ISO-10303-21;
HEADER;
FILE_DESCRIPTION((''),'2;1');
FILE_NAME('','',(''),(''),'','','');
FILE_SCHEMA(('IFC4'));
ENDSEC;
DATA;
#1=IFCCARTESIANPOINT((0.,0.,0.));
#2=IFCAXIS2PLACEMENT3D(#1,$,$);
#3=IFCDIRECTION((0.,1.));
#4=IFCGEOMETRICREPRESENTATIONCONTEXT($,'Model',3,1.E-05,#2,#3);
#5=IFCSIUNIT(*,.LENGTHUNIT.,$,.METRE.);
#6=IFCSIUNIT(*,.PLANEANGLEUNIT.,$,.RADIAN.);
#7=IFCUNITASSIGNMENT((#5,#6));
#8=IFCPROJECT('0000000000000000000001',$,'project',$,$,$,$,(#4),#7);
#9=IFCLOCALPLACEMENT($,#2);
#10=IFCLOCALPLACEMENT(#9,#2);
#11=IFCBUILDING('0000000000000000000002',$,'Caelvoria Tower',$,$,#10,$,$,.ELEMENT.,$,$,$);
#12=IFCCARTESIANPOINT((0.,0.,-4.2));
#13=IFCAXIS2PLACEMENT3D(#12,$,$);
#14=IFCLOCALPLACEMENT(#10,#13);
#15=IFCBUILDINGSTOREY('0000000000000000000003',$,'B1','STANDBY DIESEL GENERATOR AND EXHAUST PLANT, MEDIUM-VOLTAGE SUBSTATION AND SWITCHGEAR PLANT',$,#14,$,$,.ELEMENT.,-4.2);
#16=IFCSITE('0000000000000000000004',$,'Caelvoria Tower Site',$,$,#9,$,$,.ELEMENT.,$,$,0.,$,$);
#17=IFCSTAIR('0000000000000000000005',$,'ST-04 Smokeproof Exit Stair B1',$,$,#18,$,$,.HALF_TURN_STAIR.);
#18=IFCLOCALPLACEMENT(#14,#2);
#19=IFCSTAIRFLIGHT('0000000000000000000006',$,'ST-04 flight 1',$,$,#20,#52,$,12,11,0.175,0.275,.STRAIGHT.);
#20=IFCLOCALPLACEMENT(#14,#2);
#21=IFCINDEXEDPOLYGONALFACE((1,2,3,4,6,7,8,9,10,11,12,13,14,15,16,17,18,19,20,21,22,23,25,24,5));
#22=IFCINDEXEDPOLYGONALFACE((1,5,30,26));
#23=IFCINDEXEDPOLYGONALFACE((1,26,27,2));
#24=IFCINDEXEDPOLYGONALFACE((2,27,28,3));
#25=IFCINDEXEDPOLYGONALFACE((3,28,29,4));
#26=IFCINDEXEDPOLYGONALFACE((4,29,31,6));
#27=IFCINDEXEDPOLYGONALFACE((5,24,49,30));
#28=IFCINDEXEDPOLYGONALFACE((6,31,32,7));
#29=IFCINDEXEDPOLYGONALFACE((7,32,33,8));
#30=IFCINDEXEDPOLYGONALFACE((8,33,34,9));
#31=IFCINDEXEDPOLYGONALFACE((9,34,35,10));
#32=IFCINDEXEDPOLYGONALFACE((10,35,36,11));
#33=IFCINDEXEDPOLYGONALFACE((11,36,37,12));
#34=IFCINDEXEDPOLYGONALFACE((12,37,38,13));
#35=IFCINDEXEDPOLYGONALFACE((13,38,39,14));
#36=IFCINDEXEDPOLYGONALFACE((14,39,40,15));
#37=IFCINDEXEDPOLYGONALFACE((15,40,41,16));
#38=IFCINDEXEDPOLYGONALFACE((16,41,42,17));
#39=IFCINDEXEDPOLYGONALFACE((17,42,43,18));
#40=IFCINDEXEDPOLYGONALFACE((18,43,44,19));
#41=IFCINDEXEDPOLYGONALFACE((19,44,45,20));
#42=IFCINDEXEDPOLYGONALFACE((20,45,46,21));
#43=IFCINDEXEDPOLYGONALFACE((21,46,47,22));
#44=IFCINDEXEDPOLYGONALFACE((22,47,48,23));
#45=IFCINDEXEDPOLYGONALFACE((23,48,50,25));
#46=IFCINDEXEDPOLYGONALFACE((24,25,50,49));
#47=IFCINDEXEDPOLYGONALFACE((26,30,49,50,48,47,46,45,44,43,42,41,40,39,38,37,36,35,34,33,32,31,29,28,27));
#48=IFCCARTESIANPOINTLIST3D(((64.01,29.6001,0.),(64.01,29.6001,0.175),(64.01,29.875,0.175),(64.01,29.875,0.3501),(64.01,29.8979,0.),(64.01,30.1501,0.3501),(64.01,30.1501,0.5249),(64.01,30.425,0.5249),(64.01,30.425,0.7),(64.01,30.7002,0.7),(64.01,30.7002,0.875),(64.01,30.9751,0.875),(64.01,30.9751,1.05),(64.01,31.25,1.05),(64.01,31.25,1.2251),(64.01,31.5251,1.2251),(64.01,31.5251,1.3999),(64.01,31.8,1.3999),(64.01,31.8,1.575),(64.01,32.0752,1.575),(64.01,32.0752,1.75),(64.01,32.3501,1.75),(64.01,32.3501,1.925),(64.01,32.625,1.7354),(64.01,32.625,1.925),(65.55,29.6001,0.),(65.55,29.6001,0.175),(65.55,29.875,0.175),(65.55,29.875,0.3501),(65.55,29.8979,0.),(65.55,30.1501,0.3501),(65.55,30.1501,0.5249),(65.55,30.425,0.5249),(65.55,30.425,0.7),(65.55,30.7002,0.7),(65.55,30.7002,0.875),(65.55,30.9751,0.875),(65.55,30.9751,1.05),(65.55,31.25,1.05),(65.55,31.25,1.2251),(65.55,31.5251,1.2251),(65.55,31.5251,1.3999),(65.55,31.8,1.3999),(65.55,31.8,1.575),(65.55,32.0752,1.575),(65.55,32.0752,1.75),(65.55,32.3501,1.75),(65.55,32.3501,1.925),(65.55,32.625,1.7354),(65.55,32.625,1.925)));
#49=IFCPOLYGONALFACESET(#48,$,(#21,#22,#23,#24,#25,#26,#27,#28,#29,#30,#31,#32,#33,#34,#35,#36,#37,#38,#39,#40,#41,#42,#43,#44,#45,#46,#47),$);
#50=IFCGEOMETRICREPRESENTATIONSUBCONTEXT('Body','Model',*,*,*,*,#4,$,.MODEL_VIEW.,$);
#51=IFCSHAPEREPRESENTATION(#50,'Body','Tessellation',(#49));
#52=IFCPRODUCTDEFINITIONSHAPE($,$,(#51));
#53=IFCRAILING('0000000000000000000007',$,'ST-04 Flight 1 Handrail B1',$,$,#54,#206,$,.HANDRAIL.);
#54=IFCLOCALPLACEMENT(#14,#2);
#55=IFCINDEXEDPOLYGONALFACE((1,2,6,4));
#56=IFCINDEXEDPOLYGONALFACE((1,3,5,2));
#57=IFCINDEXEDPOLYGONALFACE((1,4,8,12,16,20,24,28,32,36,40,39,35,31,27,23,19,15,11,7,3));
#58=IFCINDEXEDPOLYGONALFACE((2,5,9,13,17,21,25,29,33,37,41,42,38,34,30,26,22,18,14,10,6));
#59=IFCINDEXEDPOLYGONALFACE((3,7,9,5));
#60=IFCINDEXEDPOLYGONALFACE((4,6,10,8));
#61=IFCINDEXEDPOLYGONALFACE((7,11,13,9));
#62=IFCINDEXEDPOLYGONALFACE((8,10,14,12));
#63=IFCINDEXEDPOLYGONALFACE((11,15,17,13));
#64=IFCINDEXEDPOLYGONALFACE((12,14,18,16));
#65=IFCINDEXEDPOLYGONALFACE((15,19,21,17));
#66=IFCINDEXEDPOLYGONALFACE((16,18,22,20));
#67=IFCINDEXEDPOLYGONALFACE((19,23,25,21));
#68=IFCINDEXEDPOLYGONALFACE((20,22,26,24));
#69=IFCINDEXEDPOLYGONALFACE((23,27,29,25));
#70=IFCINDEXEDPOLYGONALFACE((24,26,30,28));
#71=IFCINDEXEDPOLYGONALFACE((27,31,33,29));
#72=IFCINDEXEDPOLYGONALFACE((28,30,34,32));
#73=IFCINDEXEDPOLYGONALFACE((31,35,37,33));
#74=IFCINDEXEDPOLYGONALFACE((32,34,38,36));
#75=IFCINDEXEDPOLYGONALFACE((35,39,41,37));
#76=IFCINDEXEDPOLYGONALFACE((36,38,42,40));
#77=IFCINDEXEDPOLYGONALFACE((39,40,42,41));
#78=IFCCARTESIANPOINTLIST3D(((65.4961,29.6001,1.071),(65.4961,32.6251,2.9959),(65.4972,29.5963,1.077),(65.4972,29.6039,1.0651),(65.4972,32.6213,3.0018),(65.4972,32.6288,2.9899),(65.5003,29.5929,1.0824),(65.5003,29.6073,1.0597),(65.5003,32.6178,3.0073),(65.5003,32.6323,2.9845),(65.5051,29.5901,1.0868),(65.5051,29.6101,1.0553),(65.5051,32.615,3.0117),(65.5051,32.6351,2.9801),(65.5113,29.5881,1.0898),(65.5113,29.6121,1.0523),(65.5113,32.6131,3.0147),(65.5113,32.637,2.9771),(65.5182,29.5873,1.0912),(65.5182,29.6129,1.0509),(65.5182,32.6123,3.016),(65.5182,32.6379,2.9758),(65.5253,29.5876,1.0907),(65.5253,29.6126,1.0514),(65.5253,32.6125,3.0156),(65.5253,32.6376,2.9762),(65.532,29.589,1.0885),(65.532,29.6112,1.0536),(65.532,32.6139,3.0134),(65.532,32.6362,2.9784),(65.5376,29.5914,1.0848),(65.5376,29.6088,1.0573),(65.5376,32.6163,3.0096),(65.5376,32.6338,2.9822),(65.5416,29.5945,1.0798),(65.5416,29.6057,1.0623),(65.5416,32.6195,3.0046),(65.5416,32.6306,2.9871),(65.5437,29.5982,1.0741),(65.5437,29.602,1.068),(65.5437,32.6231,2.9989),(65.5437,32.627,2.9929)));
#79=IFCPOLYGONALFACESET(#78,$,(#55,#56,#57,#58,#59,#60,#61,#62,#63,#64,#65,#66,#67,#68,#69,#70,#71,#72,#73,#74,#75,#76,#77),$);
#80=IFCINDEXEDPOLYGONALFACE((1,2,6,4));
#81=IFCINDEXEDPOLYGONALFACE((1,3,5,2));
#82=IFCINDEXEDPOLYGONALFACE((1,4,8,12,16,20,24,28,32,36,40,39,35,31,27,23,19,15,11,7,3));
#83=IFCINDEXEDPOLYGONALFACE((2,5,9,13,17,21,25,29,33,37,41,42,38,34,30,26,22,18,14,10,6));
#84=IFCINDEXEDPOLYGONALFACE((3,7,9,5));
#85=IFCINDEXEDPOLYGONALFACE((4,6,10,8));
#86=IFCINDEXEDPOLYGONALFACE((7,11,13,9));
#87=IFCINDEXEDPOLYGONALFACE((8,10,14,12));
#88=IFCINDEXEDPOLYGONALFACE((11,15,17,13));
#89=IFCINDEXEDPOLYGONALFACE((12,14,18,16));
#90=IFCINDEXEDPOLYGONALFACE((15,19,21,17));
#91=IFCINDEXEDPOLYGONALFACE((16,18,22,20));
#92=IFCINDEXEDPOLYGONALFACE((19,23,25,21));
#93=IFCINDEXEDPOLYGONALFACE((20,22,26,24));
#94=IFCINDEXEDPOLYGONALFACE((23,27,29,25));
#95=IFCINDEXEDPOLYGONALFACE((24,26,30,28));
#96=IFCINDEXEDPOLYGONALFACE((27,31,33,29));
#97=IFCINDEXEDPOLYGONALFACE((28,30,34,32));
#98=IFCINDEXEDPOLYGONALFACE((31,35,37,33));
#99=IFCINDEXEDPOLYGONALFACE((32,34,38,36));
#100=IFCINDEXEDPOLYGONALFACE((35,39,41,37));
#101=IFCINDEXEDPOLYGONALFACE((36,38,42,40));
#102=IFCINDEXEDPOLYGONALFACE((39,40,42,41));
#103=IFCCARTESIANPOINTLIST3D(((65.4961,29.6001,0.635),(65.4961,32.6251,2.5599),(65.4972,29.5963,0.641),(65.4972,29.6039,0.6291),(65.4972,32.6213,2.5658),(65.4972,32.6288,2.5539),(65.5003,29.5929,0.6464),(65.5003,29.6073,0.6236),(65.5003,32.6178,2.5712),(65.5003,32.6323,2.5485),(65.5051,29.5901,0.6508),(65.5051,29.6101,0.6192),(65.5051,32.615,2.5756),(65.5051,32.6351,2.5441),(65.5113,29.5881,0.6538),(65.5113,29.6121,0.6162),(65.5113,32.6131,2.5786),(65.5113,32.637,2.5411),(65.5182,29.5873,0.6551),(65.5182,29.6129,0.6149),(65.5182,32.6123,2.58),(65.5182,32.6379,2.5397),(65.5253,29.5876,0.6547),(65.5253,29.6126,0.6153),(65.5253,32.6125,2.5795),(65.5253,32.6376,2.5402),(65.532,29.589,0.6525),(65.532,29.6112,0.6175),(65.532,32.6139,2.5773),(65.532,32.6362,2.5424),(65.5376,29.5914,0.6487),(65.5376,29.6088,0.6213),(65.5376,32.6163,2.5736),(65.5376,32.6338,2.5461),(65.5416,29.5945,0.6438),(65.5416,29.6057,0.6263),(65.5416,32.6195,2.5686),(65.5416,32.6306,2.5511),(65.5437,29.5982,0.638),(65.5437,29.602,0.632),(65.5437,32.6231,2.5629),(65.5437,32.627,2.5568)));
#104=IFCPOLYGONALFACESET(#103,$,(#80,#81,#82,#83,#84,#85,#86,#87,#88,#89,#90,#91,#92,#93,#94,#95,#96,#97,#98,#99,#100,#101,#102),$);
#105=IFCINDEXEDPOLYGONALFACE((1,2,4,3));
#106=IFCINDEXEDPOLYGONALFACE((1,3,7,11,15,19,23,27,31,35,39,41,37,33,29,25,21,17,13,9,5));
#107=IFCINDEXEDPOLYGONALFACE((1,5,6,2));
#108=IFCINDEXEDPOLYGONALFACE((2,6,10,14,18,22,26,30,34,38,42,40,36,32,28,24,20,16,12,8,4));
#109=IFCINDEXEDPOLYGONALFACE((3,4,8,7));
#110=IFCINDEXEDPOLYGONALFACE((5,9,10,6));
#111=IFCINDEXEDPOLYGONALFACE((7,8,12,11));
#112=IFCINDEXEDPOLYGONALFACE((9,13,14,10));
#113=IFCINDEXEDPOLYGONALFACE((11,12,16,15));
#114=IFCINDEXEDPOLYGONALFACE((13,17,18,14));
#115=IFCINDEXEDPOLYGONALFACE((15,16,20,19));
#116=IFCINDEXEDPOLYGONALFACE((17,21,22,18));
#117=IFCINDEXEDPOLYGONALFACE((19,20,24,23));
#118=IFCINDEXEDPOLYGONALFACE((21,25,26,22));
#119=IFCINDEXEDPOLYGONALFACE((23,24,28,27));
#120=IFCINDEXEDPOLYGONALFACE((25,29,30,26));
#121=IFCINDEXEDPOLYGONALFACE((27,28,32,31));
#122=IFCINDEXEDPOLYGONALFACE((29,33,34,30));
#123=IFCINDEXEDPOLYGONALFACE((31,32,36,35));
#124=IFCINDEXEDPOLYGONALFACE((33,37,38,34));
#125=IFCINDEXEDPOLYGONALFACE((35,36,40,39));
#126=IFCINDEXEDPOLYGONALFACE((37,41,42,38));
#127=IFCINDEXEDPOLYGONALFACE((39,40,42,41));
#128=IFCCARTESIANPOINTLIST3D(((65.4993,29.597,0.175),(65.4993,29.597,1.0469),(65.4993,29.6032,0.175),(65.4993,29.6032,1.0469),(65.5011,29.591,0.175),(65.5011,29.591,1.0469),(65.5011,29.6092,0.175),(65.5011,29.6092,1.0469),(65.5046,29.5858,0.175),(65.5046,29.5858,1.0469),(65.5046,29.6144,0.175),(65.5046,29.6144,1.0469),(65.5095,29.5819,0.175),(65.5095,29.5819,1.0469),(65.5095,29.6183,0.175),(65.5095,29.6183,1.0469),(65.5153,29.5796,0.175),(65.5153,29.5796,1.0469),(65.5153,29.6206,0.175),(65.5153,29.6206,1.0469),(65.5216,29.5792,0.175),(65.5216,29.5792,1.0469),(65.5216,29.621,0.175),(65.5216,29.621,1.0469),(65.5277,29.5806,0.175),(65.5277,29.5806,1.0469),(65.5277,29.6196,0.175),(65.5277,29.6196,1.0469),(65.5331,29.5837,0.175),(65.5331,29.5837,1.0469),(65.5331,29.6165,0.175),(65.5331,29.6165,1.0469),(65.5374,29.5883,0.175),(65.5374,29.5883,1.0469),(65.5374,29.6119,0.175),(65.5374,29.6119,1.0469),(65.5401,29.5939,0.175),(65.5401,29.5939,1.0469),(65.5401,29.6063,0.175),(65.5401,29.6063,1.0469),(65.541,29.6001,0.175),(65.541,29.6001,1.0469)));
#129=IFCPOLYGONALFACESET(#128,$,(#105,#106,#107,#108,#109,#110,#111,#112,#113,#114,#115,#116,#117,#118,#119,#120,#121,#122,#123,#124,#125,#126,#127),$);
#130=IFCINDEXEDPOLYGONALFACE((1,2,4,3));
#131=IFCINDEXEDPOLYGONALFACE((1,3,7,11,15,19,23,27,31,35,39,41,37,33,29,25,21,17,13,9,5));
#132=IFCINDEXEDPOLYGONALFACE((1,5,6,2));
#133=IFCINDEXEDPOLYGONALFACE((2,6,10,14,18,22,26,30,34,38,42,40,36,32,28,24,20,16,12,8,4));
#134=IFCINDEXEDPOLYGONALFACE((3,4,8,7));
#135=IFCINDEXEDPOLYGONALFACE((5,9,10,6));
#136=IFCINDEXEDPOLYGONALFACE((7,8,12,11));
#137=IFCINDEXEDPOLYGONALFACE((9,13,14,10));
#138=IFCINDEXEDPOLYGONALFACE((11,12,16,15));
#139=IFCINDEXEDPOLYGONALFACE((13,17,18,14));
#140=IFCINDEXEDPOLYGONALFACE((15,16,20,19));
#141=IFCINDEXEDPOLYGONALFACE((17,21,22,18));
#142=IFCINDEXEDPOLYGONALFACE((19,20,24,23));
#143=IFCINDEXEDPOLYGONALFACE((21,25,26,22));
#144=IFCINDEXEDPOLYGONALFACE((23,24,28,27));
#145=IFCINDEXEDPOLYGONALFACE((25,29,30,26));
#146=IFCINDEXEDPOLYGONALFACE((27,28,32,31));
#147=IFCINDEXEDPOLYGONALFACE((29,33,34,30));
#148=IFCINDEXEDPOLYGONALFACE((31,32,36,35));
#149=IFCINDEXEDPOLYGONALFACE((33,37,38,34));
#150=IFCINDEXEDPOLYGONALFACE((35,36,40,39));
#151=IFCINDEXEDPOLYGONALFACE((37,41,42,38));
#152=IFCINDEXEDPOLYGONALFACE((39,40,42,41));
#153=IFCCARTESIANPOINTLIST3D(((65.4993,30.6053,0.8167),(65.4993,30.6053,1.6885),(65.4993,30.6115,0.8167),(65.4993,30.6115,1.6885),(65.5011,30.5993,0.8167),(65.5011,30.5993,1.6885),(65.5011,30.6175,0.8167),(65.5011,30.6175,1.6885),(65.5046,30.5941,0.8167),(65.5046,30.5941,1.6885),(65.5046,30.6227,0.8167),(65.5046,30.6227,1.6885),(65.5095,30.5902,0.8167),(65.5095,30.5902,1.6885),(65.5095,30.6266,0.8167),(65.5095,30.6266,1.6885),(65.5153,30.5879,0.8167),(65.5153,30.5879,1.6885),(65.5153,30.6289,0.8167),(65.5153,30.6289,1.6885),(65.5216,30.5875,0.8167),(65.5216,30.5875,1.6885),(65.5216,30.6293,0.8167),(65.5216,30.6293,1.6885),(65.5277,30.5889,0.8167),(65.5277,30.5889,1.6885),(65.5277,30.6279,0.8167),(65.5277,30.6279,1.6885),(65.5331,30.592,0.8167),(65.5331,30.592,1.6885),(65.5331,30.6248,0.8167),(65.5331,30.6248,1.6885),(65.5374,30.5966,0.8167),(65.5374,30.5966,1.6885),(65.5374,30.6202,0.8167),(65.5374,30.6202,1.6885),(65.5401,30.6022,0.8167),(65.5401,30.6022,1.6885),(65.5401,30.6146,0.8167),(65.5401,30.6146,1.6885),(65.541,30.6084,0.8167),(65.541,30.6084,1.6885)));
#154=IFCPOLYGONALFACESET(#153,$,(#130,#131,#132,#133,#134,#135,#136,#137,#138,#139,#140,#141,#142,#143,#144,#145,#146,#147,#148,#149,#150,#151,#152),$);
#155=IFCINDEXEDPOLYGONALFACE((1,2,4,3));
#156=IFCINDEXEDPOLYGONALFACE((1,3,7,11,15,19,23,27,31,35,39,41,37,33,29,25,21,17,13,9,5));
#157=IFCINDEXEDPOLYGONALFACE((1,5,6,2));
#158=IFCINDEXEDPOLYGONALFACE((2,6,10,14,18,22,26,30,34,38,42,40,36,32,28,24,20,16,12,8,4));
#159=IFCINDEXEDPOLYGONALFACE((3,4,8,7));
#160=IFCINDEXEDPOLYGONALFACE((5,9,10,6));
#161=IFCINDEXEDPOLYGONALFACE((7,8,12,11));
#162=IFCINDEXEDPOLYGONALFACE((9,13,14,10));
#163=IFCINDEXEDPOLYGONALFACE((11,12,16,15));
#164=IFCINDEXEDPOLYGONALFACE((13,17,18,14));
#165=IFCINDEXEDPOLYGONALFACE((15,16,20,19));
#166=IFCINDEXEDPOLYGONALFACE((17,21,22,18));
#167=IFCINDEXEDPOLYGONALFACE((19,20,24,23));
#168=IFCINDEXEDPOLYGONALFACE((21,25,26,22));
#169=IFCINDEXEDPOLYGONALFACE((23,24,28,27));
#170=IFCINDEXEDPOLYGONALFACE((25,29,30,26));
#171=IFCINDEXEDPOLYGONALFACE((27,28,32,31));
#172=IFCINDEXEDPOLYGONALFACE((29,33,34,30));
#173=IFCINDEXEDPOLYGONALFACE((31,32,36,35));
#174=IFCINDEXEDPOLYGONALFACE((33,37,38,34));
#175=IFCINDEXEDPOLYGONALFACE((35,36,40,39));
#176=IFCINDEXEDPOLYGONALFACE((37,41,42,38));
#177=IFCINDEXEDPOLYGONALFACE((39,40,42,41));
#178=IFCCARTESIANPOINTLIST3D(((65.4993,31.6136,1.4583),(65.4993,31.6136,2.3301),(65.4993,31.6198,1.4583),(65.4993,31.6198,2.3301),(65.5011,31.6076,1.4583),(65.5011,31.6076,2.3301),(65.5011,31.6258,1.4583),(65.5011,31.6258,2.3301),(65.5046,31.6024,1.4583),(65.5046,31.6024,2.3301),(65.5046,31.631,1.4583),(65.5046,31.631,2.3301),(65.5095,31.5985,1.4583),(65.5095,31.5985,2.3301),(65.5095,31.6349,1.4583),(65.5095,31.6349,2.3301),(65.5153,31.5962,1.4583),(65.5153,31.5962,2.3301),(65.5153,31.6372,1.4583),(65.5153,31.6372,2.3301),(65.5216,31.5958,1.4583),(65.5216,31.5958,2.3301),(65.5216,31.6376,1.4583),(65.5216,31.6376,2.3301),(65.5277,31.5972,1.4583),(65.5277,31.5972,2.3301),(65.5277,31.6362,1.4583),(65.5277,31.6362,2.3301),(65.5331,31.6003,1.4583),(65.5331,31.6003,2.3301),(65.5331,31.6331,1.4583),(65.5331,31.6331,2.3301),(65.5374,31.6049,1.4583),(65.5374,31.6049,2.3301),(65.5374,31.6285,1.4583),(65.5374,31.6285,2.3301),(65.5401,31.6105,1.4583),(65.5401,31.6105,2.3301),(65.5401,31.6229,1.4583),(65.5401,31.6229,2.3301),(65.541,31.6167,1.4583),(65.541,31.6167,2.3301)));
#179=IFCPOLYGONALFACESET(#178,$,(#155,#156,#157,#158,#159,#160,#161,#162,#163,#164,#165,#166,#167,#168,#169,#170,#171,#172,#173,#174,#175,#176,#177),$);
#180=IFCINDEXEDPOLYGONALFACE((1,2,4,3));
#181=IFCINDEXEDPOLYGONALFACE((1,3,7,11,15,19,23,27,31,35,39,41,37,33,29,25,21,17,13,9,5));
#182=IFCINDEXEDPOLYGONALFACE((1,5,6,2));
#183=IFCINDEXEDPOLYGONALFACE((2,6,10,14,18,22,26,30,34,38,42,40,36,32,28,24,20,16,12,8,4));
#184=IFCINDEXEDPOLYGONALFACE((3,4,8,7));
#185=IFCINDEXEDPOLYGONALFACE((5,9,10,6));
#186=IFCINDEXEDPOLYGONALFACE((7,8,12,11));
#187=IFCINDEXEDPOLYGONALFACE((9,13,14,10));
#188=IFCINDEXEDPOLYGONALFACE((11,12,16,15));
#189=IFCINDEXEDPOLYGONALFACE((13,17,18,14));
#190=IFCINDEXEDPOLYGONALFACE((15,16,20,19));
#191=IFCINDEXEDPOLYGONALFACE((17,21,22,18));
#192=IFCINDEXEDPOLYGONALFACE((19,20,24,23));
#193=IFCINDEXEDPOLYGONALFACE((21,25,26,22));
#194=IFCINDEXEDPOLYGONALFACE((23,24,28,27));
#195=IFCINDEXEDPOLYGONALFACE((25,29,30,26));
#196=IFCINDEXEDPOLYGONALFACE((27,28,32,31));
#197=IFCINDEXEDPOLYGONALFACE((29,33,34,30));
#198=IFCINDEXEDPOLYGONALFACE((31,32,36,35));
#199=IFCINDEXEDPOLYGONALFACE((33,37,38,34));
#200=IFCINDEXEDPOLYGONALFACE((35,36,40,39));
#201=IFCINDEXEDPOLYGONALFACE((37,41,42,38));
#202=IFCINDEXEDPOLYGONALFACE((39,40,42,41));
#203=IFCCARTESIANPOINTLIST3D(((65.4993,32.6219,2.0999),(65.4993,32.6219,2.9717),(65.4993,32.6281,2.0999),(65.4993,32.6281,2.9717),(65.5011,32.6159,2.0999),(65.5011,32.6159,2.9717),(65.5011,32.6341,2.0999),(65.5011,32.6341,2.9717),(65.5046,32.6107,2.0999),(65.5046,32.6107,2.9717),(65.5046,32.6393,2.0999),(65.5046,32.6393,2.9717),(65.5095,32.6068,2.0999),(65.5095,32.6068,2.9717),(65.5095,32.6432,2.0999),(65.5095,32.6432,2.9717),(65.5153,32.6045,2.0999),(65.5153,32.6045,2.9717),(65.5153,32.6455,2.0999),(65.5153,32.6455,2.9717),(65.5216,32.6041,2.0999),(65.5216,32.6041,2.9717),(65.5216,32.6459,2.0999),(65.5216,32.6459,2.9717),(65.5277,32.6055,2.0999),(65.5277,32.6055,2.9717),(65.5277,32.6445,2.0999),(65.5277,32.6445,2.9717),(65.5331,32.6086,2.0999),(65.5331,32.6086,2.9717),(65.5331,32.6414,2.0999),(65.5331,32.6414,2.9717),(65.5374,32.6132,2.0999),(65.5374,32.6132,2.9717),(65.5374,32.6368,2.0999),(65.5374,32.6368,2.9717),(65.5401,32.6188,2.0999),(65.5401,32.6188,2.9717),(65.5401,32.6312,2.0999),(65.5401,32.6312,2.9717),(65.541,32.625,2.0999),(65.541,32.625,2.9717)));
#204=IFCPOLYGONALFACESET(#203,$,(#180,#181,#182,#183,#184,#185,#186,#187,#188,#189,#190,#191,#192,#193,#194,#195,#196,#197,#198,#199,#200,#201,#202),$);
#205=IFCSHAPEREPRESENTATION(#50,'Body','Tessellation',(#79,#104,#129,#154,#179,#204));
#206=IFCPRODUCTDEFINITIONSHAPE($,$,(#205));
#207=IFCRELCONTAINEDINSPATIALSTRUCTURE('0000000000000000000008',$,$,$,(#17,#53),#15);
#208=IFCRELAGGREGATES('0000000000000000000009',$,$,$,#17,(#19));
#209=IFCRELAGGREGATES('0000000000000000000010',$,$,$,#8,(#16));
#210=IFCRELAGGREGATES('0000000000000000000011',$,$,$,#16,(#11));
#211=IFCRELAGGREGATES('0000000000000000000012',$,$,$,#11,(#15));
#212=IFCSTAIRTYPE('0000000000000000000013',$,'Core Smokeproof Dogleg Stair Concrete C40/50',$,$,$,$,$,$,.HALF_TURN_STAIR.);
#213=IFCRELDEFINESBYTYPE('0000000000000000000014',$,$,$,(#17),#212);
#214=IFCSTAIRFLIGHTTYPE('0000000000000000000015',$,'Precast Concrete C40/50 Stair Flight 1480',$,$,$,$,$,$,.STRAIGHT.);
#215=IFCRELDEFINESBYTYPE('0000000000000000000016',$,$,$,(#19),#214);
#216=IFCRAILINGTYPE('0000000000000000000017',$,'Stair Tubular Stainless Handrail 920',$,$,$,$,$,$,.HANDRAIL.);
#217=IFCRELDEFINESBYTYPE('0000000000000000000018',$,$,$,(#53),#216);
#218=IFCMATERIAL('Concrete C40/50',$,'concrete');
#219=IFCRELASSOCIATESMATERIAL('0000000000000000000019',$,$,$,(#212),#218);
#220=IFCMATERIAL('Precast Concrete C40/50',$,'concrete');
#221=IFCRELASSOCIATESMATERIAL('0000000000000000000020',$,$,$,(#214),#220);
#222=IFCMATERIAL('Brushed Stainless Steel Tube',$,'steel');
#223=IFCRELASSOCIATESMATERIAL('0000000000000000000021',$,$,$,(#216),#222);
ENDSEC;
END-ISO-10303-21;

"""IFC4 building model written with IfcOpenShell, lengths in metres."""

from ifc_helpers import new_model, si_unit, direction, frame, origin, origin_2d, place, context, subcontext, project, spatial, polyline, circle, outline, extrude, material, type_object, element, aggregate, save


model = new_model("IFC4")

# Units and contexts
model_context = context("Model", 3, precision=1e-05, world=origin(), true_north=direction((0.0, 1.0)))
body_context = subcontext(model_context, "Body", "Model", "MODEL_VIEW")
ifc_project = project(units=[si_unit("LENGTHUNIT", "METRE"), si_unit("PLANEANGLEUNIT", "RADIAN")], contexts=[model_context])

# Site, building, storey
site_placement = place(None, origin())
site = spatial("IfcSite", under=ifc_project, at=site_placement, Name="Caelvoria Tower Site", CompositionType="ELEMENT", RefElevation=0.0)
building_placement = place(site_placement, origin())
building = spatial("IfcBuilding", under=site, at=building_placement, Name="Caelvoria Tower", CompositionType="ELEMENT")
storey_placement = place(building_placement, frame((0.0, 0.0, -4.2)))
storey = spatial("IfcBuildingStorey", under=building, at=storey_placement, Name="B1", Description="STANDBY DIESEL GENERATOR AND EXHAUST PLANT, MEDIUM-VOLTAGE SUBSTATION AND SWITCHGEAR PLANT", CompositionType="ELEMENT", Elevation=-4.2)

# Shared definitions
ifc_material_1 = material(Name="Concrete C40/50", Category="concrete")

# Stair, stair flight
stair_type = type_object("IfcStairType", Name="Core Smokeproof Dogleg Stair Concrete C40/50", PredefinedType="HALF_TURN_STAIR", material=ifc_material_1)
stair_placement = place(storey_placement, origin())
stair = element("IfcStair", 1, at=stair_placement, inside=storey, type_object=stair_type, Name="ST-04 Smokeproof Exit Stair B1", PredefinedType="HALF_TURN_STAIR")
ifc_material_2 = material(Name="Precast Concrete C40/50", Category="concrete")
stair_flight_type = type_object("IfcStairFlightType", Name="Precast Concrete C40/50 Stair Flight 1480", PredefinedType="STRAIGHT", material=ifc_material_2)
stair_flight_placement = place(storey_placement, frame((64.78, 29.6001, 0.0), z_axis=(0.0, 0.0, 1.0), x_axis=(0.0, 1.0, 0.0)))
stair_flight = element("IfcStairFlight", 2, at=stair_flight_placement, type_object=stair_flight_type, Name="ST-04 flight 1", NumberOfRisers=12, NumberOfTreads=11, PredefinedType="STRAIGHT", RiserHeight=0.175, TreadLength=0.275, context=body_context, shape_type="SweptSolid", body=[
    extrude(outline(polyline([(0.0, 0.0), (0.0, 0.175), (0.2749, 0.175), (0.2749, 0.3501), (0.55, 0.3501), (0.55, 0.5249), (0.825, 0.5249), (0.825, 0.7), (1.1001, 0.7), (1.1001, 0.875), (1.375, 0.875), (1.375, 1.05), (1.6499, 1.05), (1.6499, 1.2251), (1.925, 1.2251), (1.925, 1.3999), (2.2, 1.3999), (2.2, 1.575), (2.4751, 1.575), (2.4751, 1.75), (2.75, 1.75), (2.75, 1.925), (3.0249, 1.925), (3.0249, 2.1001), (3.0249, 1.7354), (0.2979, 0.0), (0.0, 0.0)])), frame((0.0, 0.77, 0.0), z_axis=(0.0, -1.0, 0.0), x_axis=(1.0, 0.0, 0.0)), (0.0, 0.0, 1.0), 1.54),
])
aggregate(stair, [stair_flight])

# Railing
ifc_material_3 = material(Name="Brushed Stainless Steel Tube", Category="steel")
railing_type_1 = type_object("IfcRailingType", Name="Stair Tubular Stainless Handrail 920", PredefinedType="HANDRAIL", material=ifc_material_3)
railing_1_placement = place(storey_placement, frame((65.52, 29.6001, 0.175)))
element("IfcRailing", 3, at=railing_1_placement, inside=storey, type_object=railing_type_1, Name="ST-04 Flight 1 Handrail B1", PredefinedType="HANDRAIL", context=body_context, shape_type="SweptSolid", body=[
    extrude(circle(Radius=0.0239, at=origin_2d()), frame((0.0, 0.0, 0.896), z_axis=(0.0, 0.843678, 0.536849), x_axis=(-1.0, 0.0, 0.0)), (0.0, 0.0, 1.0), 3.5854),
    extrude(circle(Radius=0.0239, at=origin_2d()), frame((0.0, 0.0, 0.46), z_axis=(0.0, 0.843678, 0.536849), x_axis=(-1.0, 0.0, 0.0)), (0.0, 0.0, 1.0), 3.5854),
    extrude(circle(Radius=0.021, at=origin_2d()), origin(), (0.0, 0.0, 1.0), 0.8718),
    extrude(circle(Radius=0.021, at=origin_2d()), frame((0.0, 1.0083, 0.6416)), (0.0, 0.0, 1.0), 0.8718),
    extrude(circle(Radius=0.021, at=origin_2d()), frame((0.0, 2.0166, 1.2832)), (0.0, 0.0, 1.0), 0.8718),
    extrude(circle(Radius=0.021, at=origin_2d()), frame((0.0, 3.0249, 1.9248)), (0.0, 0.0, 1.0), 0.8718),
])

save(model, "model.ifc")
